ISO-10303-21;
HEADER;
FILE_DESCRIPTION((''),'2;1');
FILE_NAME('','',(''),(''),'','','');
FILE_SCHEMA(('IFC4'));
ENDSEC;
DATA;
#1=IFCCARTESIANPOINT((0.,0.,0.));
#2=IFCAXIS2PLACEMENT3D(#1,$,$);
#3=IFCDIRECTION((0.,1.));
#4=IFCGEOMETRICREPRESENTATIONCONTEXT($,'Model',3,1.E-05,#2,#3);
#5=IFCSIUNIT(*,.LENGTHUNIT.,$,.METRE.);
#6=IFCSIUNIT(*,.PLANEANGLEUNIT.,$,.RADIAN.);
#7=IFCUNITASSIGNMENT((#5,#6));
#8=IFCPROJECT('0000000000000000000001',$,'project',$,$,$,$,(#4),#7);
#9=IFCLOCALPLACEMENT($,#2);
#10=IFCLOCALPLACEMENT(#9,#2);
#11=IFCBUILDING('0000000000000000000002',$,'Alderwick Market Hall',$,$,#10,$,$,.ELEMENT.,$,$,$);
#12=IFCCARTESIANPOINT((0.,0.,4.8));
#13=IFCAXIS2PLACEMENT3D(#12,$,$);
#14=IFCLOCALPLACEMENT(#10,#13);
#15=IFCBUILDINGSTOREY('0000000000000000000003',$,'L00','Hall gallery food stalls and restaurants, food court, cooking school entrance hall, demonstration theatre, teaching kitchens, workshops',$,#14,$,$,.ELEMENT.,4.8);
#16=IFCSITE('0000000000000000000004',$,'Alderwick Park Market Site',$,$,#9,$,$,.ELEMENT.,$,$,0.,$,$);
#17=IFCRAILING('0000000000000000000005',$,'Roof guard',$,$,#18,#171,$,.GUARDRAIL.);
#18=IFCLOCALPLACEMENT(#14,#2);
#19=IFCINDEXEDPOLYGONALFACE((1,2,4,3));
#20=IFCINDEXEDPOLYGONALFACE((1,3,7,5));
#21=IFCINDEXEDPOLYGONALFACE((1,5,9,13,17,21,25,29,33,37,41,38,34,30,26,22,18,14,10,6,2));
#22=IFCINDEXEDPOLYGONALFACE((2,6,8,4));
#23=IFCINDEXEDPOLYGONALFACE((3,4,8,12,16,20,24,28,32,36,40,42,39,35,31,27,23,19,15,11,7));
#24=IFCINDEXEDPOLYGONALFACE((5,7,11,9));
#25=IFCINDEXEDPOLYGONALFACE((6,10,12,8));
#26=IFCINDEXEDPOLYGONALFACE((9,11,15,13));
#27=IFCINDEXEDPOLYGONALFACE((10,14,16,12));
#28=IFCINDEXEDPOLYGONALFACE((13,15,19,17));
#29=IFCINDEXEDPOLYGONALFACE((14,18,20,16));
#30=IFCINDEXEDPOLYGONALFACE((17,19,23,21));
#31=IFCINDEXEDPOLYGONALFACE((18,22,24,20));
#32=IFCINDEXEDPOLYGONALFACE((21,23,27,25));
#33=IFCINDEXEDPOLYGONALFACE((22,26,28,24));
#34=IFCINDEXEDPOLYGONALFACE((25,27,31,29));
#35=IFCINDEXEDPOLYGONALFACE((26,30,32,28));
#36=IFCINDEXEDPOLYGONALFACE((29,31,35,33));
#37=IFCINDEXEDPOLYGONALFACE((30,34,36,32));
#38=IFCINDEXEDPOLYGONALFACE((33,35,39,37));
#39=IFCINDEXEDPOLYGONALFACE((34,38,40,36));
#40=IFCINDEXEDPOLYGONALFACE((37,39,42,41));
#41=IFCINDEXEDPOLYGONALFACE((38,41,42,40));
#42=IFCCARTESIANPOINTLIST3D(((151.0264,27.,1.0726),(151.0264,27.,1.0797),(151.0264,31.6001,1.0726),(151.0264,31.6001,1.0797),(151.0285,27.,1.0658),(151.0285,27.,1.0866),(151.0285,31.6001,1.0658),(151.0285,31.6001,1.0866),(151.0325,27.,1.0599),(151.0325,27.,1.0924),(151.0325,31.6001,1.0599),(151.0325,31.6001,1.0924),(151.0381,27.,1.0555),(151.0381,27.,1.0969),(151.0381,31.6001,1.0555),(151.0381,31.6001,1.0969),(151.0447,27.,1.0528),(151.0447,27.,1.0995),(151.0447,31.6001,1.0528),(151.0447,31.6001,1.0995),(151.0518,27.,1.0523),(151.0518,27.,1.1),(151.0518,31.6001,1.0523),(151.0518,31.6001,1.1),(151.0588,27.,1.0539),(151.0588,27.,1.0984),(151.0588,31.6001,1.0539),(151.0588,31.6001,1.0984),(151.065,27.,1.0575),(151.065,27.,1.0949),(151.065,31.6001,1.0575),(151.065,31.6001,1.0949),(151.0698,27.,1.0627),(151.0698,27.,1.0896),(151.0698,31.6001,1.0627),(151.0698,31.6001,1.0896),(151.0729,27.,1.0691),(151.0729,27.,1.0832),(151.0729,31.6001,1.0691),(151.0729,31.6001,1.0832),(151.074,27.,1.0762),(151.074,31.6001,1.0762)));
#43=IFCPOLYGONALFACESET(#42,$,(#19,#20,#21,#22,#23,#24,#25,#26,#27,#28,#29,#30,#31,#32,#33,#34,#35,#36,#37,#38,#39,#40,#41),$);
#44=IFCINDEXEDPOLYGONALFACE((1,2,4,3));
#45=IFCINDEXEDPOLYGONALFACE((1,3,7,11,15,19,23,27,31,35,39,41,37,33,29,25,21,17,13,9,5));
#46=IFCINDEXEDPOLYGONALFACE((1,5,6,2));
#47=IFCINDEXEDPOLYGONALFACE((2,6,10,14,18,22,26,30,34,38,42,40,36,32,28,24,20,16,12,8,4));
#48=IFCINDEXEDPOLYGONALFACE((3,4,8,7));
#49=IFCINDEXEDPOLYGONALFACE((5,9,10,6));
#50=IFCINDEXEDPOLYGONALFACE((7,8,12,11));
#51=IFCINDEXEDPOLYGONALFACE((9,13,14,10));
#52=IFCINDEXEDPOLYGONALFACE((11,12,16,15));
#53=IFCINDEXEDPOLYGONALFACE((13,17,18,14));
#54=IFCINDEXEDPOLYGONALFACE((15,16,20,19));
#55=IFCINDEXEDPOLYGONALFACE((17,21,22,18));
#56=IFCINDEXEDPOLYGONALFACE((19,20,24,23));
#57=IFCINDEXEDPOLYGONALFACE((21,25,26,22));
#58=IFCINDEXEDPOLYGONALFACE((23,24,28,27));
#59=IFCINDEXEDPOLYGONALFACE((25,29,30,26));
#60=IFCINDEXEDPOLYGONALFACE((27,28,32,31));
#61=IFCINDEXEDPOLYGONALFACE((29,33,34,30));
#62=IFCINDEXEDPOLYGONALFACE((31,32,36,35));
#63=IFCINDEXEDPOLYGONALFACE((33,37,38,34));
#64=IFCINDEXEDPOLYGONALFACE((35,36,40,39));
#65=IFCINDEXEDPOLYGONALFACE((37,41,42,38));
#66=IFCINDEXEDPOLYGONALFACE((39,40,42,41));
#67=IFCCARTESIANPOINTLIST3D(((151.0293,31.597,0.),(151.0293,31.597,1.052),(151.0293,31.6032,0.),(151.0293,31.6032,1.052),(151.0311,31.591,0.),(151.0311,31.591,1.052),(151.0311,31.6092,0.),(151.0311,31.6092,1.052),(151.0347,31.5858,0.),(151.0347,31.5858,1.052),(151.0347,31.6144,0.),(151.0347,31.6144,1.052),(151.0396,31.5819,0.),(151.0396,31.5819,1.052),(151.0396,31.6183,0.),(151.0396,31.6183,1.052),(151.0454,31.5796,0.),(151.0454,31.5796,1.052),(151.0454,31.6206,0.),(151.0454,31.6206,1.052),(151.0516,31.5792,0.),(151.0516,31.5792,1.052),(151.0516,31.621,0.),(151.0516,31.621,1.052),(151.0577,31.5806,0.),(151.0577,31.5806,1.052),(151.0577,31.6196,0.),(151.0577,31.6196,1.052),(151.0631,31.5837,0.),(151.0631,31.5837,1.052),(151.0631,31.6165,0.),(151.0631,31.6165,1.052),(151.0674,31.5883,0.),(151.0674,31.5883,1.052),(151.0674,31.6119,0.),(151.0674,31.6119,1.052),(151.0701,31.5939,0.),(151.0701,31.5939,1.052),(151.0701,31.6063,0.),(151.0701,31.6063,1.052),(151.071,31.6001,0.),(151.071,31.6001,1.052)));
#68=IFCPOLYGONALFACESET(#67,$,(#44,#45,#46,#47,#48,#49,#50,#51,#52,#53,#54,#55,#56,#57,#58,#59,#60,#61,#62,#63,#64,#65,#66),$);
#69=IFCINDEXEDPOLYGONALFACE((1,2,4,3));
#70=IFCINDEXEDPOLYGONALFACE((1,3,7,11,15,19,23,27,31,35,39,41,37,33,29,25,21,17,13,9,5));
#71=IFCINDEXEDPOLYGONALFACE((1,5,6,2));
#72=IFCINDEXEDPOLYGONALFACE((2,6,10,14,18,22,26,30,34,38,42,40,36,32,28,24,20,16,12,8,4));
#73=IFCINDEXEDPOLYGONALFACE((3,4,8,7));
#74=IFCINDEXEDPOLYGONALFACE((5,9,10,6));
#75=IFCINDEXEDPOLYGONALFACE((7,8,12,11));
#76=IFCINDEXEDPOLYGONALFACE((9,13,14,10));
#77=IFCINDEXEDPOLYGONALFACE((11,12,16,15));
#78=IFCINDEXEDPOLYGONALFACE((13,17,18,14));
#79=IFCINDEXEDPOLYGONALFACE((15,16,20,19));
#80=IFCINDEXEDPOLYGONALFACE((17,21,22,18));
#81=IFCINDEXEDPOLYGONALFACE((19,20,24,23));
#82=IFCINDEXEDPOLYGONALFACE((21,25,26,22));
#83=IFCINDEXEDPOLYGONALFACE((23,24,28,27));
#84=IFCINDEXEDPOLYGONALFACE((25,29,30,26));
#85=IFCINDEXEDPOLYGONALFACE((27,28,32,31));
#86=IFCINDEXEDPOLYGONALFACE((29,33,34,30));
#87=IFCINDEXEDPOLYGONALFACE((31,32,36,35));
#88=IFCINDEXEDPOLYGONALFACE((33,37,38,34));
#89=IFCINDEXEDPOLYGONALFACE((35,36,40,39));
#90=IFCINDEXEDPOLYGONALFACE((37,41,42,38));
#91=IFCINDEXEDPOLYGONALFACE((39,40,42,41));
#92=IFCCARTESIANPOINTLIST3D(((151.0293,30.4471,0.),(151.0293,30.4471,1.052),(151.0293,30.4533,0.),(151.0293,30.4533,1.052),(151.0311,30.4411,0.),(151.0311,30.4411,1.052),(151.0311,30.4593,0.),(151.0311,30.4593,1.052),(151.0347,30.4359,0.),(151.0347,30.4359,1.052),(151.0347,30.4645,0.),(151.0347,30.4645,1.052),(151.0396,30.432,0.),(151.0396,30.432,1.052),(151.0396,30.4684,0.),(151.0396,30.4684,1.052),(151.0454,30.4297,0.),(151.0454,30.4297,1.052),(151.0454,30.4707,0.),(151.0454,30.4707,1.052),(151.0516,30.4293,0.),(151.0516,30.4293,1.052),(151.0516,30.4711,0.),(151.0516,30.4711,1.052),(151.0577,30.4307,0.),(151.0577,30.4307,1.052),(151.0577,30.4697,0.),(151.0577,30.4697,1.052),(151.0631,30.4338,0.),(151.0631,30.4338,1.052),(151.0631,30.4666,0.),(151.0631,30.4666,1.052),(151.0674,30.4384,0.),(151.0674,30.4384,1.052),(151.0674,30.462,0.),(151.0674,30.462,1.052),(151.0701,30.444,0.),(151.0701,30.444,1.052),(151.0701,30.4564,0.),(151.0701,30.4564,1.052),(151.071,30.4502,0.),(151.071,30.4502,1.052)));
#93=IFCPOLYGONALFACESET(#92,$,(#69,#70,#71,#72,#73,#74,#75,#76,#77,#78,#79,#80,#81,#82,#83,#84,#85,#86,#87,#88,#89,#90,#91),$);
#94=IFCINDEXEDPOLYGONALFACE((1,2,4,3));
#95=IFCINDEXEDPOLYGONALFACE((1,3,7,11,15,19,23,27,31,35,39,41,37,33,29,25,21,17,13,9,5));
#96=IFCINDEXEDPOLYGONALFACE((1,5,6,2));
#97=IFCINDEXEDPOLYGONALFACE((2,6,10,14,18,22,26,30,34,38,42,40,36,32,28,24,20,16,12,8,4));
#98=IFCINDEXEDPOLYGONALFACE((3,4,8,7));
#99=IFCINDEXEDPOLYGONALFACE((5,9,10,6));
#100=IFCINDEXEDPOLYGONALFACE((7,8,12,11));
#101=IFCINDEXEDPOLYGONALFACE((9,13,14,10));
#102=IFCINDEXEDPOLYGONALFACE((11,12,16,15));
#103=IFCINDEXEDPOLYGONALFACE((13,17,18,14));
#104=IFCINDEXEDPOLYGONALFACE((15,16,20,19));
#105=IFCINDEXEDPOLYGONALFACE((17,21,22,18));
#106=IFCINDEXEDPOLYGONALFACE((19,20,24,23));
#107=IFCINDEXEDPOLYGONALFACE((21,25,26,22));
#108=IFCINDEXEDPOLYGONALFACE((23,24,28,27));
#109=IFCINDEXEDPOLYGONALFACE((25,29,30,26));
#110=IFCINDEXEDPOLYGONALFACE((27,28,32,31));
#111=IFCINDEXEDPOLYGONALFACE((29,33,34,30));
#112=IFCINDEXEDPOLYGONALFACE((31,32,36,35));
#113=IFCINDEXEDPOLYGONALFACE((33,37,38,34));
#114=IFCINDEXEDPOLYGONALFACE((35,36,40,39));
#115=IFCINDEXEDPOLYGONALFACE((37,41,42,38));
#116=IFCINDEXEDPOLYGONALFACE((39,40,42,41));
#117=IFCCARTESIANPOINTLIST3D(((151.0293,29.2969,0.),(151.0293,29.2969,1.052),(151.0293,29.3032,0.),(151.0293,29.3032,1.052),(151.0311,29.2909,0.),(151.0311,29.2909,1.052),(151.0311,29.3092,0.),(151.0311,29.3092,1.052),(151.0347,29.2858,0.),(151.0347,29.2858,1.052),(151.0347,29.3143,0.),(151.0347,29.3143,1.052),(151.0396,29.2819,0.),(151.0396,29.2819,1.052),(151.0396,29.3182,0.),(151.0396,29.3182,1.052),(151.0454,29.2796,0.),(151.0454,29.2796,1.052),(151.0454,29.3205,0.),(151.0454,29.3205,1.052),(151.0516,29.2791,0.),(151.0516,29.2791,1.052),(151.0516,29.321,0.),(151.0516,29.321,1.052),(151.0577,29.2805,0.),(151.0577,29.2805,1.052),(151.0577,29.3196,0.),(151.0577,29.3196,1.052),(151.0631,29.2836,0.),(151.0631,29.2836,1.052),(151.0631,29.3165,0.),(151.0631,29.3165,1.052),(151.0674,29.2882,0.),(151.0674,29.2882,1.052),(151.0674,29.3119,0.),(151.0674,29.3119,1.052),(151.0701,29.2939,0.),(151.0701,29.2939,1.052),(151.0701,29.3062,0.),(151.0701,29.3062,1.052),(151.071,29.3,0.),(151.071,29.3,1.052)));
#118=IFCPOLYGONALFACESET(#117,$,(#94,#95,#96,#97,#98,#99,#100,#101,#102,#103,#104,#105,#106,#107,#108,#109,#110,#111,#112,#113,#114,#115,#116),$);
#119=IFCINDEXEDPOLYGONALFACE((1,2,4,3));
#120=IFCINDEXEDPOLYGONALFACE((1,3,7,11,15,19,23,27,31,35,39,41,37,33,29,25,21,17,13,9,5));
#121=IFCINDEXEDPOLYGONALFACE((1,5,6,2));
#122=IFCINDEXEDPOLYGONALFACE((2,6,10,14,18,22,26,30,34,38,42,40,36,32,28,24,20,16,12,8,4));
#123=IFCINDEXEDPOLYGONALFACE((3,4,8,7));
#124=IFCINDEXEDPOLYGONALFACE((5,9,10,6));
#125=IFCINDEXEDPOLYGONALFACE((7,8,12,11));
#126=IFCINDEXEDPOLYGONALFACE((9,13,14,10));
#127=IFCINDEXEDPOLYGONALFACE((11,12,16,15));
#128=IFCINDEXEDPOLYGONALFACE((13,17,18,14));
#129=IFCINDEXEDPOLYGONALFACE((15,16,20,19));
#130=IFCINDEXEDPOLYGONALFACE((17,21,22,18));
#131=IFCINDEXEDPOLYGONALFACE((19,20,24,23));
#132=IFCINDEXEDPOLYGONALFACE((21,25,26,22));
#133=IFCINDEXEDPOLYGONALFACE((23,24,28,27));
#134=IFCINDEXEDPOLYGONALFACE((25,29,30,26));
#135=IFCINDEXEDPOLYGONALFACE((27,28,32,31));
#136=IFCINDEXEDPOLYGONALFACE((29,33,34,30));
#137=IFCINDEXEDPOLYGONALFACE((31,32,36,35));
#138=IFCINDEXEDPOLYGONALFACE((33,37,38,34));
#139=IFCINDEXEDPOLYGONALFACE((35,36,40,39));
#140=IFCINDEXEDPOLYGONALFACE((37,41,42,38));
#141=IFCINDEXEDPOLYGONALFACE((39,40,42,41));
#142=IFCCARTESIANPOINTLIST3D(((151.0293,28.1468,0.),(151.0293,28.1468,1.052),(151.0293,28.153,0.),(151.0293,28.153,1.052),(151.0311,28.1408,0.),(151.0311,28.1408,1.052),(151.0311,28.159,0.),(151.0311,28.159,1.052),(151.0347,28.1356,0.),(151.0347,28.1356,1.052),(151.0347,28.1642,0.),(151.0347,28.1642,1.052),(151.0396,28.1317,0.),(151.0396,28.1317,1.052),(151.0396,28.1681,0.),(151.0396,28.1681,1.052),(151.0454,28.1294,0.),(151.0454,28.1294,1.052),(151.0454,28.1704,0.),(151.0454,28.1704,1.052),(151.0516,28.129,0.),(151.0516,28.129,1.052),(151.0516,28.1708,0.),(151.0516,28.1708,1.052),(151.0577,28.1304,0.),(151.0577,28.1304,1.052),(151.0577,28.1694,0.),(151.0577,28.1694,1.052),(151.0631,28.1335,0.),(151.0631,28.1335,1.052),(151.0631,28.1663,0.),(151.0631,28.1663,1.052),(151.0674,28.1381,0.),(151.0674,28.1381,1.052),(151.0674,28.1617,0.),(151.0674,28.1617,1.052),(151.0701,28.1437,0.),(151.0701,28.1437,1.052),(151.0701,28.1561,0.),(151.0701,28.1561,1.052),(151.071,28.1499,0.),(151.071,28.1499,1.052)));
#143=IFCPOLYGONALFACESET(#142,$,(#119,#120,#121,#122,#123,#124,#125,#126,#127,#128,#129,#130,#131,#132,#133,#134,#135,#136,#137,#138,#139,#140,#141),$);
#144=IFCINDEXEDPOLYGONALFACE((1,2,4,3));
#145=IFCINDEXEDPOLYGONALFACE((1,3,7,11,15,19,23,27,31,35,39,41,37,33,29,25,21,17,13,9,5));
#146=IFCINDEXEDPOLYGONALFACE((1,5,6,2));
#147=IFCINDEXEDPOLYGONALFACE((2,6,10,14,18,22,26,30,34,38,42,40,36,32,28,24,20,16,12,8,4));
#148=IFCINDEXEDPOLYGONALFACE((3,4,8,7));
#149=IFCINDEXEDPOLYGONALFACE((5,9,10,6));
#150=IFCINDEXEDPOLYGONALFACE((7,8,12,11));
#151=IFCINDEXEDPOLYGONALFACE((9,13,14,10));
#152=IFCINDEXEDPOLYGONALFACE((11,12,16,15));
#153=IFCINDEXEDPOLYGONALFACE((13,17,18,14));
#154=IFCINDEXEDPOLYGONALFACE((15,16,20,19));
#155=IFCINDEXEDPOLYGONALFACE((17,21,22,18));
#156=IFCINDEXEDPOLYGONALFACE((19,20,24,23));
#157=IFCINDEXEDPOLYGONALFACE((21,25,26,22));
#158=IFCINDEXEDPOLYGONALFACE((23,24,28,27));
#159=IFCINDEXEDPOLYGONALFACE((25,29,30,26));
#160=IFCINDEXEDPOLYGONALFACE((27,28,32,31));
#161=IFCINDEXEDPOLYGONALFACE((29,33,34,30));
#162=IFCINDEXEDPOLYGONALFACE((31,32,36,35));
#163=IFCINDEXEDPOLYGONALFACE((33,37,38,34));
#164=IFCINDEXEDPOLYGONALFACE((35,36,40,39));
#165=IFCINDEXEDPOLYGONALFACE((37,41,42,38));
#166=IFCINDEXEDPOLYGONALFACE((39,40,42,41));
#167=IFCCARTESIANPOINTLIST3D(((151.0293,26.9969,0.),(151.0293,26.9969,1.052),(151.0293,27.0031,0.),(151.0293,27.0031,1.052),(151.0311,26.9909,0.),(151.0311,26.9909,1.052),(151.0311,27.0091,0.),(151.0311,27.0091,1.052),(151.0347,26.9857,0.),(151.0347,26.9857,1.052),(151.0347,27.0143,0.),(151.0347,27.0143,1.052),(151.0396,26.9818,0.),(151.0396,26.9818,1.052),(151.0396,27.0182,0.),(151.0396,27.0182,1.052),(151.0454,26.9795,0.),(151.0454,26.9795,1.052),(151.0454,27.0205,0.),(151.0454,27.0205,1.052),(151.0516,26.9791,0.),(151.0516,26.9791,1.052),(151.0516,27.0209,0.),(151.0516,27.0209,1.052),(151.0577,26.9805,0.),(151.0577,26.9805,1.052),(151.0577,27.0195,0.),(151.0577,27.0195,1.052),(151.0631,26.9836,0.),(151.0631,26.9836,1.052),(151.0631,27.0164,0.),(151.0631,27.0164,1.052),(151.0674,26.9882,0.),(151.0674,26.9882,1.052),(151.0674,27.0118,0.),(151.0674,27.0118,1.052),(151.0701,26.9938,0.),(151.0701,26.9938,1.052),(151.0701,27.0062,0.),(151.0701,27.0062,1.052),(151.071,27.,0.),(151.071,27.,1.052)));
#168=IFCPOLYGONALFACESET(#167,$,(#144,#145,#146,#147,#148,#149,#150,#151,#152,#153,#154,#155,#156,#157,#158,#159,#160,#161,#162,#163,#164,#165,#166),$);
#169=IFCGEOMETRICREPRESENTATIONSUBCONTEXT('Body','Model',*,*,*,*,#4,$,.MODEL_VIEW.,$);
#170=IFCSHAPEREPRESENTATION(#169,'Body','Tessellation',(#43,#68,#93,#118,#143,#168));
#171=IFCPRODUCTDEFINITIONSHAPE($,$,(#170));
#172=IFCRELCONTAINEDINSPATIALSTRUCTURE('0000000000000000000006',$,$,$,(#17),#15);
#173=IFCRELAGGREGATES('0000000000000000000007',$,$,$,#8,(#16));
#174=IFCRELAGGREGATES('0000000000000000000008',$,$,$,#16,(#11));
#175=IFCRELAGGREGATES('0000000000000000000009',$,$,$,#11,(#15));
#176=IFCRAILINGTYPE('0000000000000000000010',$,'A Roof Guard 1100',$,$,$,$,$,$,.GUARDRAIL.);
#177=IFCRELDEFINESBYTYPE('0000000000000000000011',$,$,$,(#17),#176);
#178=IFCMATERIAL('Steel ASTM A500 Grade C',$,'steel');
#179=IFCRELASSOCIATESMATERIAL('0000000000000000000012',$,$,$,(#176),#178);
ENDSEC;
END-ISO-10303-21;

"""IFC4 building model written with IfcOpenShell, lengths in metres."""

from ifc_helpers import new_model, si_unit, direction, frame, origin, origin_2d, place, context, subcontext, project, spatial, circle, extrude, material, type_object, element, save


model = new_model("IFC4")

# Units and contexts
model_context = context("Model", 3, precision=1e-05, world=origin(), true_north=direction((0.0, 1.0)))
body_context = subcontext(model_context, "Body", "Model", "MODEL_VIEW")
ifc_project = project(units=[si_unit("LENGTHUNIT", "METRE"), si_unit("PLANEANGLEUNIT", "RADIAN")], contexts=[model_context])

# Site, building, storey
site_placement = place(None, origin())
site = spatial("IfcSite", under=ifc_project, at=site_placement, Name="Alderwick Park Market Site", CompositionType="ELEMENT", RefElevation=0.0)
building_placement = place(site_placement, origin())
building = spatial("IfcBuilding", under=site, at=building_placement, Name="Alderwick Market Hall", CompositionType="ELEMENT")
storey_placement = place(building_placement, frame((0.0, 0.0, 4.8)))
storey = spatial("IfcBuildingStorey", under=building, at=storey_placement, Name="L00", Description="Hall gallery food stalls and restaurants, food court, cooking school entrance hall, demonstration theatre, teaching kitchens, workshops", CompositionType="ELEMENT", Elevation=4.8)

# Shared definitions
ifc_material_1 = material(Name="Steel ASTM A500 Grade C", Category="steel")

# Railing
railing_type = type_object("IfcRailingType", Name="A Roof Guard 1100", PredefinedType="GUARDRAIL", material=ifc_material_1)
railing_1_placement = place(storey_placement, frame((151.05, 31.6001, 0.0)))
element("IfcRailing", 1, at=railing_1_placement, inside=storey, type_object=railing_type, Name="Roof guard", PredefinedType="GUARDRAIL", context=body_context, shape_type="SweptSolid", body=[
    extrude(circle(Radius=0.0239, at=origin_2d()), frame((0.0, 0.0, 1.0762), z_axis=(0.0, -1.0, 0.0), x_axis=(1.0, 0.0, 0.0)), (0.0, 0.0, 1.0), 4.6001),
    extrude(circle(Radius=0.021, at=origin_2d()), origin(), (0.0, 0.0, 1.0), 1.052),
    extrude(circle(Radius=0.021, at=origin_2d()), frame((0.0, -1.1499, 0.0)), (0.0, 0.0, 1.0), 1.052),
    extrude(circle(Radius=0.021, at=origin_2d()), frame((0.0, -2.3, 0.0)), (0.0, 0.0, 1.0), 1.052),
    extrude(circle(Radius=0.021, at=origin_2d()), frame((0.0, -3.4502, 0.0)), (0.0, 0.0, 1.0), 1.052),
    extrude(circle(Radius=0.021, at=origin_2d()), frame((0.0, -4.6001, 0.0)), (0.0, 0.0, 1.0), 1.052),
])

save(model, "model.ifc")
